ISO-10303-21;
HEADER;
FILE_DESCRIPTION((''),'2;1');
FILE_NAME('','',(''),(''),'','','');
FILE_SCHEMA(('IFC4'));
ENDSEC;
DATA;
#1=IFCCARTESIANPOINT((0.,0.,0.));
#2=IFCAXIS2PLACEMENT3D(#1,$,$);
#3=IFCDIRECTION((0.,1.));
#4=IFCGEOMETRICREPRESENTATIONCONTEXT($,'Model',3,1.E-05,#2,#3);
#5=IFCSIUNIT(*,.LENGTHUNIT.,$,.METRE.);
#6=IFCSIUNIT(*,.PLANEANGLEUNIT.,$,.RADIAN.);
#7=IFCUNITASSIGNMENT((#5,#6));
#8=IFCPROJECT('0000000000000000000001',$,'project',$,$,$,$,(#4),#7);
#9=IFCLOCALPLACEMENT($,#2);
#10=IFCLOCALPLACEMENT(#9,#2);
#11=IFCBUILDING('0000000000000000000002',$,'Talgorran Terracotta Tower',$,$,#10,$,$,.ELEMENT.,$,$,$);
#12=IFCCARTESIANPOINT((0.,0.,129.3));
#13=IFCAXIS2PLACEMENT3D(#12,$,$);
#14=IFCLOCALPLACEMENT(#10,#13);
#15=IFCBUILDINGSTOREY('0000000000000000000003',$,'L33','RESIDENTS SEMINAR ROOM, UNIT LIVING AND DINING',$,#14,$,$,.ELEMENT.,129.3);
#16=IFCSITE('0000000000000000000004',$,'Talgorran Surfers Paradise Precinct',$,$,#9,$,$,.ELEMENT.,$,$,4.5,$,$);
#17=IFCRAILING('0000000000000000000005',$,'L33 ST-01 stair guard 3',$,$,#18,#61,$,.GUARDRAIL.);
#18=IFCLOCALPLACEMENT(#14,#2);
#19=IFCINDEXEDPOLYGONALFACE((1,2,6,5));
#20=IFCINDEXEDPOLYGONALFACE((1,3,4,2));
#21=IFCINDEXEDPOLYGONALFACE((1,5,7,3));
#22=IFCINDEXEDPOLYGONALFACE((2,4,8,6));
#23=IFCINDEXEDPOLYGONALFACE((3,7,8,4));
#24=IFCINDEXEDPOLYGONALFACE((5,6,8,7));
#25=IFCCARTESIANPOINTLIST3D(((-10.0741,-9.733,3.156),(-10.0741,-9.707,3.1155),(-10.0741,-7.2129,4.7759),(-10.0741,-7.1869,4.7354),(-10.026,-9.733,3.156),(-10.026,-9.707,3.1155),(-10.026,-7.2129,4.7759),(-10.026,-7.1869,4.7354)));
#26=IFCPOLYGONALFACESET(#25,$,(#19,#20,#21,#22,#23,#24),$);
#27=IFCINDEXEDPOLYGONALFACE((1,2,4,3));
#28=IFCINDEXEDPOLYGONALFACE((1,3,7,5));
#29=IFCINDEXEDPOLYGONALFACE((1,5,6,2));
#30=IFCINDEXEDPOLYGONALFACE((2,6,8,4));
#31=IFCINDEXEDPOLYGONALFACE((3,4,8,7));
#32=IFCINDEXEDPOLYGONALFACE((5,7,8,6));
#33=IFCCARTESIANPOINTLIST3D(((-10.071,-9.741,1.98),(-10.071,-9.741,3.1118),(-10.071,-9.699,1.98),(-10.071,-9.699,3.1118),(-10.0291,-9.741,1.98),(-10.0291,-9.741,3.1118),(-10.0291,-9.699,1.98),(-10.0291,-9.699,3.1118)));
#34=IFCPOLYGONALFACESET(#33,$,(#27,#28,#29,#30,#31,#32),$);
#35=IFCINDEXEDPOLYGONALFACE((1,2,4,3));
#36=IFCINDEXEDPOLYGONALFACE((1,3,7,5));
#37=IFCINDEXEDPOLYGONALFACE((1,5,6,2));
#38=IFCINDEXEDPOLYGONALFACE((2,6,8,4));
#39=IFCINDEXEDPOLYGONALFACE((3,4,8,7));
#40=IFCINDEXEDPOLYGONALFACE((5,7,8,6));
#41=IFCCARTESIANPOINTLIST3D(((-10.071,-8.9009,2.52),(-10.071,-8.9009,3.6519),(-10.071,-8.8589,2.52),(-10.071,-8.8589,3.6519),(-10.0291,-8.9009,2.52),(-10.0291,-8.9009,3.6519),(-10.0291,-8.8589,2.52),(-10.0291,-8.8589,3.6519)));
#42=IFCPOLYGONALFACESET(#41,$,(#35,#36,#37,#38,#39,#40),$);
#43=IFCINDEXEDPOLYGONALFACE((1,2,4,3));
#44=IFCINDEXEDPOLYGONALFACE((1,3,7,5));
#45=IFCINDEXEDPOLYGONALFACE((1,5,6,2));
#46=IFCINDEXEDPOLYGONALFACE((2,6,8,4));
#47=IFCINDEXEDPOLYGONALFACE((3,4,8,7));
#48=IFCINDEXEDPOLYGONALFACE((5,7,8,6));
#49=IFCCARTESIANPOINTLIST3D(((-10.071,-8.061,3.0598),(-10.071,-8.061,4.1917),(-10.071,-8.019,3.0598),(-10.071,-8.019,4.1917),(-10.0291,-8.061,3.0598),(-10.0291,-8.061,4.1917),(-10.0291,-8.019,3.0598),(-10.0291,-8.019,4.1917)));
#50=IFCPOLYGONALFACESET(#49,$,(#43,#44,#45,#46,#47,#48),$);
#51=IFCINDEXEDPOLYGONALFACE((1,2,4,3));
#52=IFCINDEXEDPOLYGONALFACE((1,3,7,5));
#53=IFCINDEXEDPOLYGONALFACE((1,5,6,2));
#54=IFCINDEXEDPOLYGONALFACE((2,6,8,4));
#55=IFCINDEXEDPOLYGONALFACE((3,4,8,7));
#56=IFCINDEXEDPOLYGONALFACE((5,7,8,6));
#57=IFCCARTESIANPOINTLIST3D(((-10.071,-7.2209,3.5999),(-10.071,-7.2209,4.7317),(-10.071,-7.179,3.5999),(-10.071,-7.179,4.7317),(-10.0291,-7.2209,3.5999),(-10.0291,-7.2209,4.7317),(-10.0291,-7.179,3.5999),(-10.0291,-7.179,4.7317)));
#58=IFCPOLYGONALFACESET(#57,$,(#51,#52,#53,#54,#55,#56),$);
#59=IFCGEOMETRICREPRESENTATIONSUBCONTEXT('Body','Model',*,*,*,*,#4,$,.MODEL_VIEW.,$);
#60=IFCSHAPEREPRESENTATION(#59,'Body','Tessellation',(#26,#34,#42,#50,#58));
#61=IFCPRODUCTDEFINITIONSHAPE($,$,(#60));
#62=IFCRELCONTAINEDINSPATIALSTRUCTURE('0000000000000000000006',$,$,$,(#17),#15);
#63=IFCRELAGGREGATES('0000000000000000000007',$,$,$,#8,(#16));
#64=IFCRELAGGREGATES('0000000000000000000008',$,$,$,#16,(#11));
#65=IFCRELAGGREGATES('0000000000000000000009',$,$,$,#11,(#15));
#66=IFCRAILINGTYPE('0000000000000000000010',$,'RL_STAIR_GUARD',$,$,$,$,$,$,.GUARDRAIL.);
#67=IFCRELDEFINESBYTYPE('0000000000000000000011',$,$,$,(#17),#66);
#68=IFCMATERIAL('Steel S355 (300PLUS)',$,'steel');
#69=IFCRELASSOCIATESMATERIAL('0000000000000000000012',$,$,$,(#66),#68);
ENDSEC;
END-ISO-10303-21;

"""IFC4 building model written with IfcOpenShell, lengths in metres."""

from ifc_helpers import new_model, si_unit, direction, frame, origin, origin_2d, place, context, subcontext, project, spatial, rectangle, extrude, material, type_object, element, save


model = new_model("IFC4")

# Units and contexts
model_context = context("Model", 3, precision=1e-05, world=origin(), true_north=direction((0.0, 1.0)))
body_context = subcontext(model_context, "Body", "Model", "MODEL_VIEW")
ifc_project = project(units=[si_unit("LENGTHUNIT", "METRE"), si_unit("PLANEANGLEUNIT", "RADIAN")], contexts=[model_context])

# Site, building, storey
site_placement = place(None, origin())
site = spatial("IfcSite", under=ifc_project, at=site_placement, Name="Talgorran Surfers Paradise Precinct", CompositionType="ELEMENT", RefElevation=4.5)
building_placement = place(site_placement, origin())
building = spatial("IfcBuilding", under=site, at=building_placement, Name="Talgorran Terracotta Tower", CompositionType="ELEMENT")
storey_placement = place(building_placement, frame((0.0, 0.0, 129.3)))
storey = spatial("IfcBuildingStorey", under=building, at=storey_placement, Name="L33", Description="RESIDENTS SEMINAR ROOM, UNIT LIVING AND DINING", CompositionType="ELEMENT", Elevation=129.3)

# Shared definitions
ifc_material_1 = material(Name="Steel S355 (300PLUS)", Category="steel")

# Railing
railing_type = type_object("IfcRailingType", Name="RL_STAIR_GUARD", PredefinedType="GUARDRAIL", material=ifc_material_1)
railing_1_placement = place(storey_placement, frame((-10.05, -9.72, 1.98)))
element("IfcRailing", 1, at=railing_1_placement, inside=storey, type_object=railing_type, Name="L33 ST-01 stair guard 3", PredefinedType="GUARDRAIL", context=body_context, shape_type="SweptSolid", body=[
    extrude(rectangle(XDim=0.0481, YDim=0.0481, at=origin_2d()), frame((0.0, 0.0, 1.1558), z_axis=(0.0, 0.8412, 0.540725), x_axis=(-1.0, 0.0, 0.0)), (0.0, 0.0, 1.0), 2.9958),
    extrude(rectangle(XDim=0.042, YDim=0.042, at=origin_2d()), origin(), (0.0, 0.0, 1.0), 1.1318),
    extrude(rectangle(XDim=0.042, YDim=0.042, at=origin_2d()), frame((0.0, 0.8401, 0.54)), (0.0, 0.0, 1.0), 1.1318),
    extrude(rectangle(XDim=0.042, YDim=0.042, at=origin_2d()), frame((0.0, 1.6799, 1.0798)), (0.0, 0.0, 1.0), 1.1318),
    extrude(rectangle(XDim=0.042, YDim=0.042, at=origin_2d()), frame((0.0, 2.52, 1.6199)), (0.0, 0.0, 1.0), 1.1318),
])

save(model, "model.ifc")
